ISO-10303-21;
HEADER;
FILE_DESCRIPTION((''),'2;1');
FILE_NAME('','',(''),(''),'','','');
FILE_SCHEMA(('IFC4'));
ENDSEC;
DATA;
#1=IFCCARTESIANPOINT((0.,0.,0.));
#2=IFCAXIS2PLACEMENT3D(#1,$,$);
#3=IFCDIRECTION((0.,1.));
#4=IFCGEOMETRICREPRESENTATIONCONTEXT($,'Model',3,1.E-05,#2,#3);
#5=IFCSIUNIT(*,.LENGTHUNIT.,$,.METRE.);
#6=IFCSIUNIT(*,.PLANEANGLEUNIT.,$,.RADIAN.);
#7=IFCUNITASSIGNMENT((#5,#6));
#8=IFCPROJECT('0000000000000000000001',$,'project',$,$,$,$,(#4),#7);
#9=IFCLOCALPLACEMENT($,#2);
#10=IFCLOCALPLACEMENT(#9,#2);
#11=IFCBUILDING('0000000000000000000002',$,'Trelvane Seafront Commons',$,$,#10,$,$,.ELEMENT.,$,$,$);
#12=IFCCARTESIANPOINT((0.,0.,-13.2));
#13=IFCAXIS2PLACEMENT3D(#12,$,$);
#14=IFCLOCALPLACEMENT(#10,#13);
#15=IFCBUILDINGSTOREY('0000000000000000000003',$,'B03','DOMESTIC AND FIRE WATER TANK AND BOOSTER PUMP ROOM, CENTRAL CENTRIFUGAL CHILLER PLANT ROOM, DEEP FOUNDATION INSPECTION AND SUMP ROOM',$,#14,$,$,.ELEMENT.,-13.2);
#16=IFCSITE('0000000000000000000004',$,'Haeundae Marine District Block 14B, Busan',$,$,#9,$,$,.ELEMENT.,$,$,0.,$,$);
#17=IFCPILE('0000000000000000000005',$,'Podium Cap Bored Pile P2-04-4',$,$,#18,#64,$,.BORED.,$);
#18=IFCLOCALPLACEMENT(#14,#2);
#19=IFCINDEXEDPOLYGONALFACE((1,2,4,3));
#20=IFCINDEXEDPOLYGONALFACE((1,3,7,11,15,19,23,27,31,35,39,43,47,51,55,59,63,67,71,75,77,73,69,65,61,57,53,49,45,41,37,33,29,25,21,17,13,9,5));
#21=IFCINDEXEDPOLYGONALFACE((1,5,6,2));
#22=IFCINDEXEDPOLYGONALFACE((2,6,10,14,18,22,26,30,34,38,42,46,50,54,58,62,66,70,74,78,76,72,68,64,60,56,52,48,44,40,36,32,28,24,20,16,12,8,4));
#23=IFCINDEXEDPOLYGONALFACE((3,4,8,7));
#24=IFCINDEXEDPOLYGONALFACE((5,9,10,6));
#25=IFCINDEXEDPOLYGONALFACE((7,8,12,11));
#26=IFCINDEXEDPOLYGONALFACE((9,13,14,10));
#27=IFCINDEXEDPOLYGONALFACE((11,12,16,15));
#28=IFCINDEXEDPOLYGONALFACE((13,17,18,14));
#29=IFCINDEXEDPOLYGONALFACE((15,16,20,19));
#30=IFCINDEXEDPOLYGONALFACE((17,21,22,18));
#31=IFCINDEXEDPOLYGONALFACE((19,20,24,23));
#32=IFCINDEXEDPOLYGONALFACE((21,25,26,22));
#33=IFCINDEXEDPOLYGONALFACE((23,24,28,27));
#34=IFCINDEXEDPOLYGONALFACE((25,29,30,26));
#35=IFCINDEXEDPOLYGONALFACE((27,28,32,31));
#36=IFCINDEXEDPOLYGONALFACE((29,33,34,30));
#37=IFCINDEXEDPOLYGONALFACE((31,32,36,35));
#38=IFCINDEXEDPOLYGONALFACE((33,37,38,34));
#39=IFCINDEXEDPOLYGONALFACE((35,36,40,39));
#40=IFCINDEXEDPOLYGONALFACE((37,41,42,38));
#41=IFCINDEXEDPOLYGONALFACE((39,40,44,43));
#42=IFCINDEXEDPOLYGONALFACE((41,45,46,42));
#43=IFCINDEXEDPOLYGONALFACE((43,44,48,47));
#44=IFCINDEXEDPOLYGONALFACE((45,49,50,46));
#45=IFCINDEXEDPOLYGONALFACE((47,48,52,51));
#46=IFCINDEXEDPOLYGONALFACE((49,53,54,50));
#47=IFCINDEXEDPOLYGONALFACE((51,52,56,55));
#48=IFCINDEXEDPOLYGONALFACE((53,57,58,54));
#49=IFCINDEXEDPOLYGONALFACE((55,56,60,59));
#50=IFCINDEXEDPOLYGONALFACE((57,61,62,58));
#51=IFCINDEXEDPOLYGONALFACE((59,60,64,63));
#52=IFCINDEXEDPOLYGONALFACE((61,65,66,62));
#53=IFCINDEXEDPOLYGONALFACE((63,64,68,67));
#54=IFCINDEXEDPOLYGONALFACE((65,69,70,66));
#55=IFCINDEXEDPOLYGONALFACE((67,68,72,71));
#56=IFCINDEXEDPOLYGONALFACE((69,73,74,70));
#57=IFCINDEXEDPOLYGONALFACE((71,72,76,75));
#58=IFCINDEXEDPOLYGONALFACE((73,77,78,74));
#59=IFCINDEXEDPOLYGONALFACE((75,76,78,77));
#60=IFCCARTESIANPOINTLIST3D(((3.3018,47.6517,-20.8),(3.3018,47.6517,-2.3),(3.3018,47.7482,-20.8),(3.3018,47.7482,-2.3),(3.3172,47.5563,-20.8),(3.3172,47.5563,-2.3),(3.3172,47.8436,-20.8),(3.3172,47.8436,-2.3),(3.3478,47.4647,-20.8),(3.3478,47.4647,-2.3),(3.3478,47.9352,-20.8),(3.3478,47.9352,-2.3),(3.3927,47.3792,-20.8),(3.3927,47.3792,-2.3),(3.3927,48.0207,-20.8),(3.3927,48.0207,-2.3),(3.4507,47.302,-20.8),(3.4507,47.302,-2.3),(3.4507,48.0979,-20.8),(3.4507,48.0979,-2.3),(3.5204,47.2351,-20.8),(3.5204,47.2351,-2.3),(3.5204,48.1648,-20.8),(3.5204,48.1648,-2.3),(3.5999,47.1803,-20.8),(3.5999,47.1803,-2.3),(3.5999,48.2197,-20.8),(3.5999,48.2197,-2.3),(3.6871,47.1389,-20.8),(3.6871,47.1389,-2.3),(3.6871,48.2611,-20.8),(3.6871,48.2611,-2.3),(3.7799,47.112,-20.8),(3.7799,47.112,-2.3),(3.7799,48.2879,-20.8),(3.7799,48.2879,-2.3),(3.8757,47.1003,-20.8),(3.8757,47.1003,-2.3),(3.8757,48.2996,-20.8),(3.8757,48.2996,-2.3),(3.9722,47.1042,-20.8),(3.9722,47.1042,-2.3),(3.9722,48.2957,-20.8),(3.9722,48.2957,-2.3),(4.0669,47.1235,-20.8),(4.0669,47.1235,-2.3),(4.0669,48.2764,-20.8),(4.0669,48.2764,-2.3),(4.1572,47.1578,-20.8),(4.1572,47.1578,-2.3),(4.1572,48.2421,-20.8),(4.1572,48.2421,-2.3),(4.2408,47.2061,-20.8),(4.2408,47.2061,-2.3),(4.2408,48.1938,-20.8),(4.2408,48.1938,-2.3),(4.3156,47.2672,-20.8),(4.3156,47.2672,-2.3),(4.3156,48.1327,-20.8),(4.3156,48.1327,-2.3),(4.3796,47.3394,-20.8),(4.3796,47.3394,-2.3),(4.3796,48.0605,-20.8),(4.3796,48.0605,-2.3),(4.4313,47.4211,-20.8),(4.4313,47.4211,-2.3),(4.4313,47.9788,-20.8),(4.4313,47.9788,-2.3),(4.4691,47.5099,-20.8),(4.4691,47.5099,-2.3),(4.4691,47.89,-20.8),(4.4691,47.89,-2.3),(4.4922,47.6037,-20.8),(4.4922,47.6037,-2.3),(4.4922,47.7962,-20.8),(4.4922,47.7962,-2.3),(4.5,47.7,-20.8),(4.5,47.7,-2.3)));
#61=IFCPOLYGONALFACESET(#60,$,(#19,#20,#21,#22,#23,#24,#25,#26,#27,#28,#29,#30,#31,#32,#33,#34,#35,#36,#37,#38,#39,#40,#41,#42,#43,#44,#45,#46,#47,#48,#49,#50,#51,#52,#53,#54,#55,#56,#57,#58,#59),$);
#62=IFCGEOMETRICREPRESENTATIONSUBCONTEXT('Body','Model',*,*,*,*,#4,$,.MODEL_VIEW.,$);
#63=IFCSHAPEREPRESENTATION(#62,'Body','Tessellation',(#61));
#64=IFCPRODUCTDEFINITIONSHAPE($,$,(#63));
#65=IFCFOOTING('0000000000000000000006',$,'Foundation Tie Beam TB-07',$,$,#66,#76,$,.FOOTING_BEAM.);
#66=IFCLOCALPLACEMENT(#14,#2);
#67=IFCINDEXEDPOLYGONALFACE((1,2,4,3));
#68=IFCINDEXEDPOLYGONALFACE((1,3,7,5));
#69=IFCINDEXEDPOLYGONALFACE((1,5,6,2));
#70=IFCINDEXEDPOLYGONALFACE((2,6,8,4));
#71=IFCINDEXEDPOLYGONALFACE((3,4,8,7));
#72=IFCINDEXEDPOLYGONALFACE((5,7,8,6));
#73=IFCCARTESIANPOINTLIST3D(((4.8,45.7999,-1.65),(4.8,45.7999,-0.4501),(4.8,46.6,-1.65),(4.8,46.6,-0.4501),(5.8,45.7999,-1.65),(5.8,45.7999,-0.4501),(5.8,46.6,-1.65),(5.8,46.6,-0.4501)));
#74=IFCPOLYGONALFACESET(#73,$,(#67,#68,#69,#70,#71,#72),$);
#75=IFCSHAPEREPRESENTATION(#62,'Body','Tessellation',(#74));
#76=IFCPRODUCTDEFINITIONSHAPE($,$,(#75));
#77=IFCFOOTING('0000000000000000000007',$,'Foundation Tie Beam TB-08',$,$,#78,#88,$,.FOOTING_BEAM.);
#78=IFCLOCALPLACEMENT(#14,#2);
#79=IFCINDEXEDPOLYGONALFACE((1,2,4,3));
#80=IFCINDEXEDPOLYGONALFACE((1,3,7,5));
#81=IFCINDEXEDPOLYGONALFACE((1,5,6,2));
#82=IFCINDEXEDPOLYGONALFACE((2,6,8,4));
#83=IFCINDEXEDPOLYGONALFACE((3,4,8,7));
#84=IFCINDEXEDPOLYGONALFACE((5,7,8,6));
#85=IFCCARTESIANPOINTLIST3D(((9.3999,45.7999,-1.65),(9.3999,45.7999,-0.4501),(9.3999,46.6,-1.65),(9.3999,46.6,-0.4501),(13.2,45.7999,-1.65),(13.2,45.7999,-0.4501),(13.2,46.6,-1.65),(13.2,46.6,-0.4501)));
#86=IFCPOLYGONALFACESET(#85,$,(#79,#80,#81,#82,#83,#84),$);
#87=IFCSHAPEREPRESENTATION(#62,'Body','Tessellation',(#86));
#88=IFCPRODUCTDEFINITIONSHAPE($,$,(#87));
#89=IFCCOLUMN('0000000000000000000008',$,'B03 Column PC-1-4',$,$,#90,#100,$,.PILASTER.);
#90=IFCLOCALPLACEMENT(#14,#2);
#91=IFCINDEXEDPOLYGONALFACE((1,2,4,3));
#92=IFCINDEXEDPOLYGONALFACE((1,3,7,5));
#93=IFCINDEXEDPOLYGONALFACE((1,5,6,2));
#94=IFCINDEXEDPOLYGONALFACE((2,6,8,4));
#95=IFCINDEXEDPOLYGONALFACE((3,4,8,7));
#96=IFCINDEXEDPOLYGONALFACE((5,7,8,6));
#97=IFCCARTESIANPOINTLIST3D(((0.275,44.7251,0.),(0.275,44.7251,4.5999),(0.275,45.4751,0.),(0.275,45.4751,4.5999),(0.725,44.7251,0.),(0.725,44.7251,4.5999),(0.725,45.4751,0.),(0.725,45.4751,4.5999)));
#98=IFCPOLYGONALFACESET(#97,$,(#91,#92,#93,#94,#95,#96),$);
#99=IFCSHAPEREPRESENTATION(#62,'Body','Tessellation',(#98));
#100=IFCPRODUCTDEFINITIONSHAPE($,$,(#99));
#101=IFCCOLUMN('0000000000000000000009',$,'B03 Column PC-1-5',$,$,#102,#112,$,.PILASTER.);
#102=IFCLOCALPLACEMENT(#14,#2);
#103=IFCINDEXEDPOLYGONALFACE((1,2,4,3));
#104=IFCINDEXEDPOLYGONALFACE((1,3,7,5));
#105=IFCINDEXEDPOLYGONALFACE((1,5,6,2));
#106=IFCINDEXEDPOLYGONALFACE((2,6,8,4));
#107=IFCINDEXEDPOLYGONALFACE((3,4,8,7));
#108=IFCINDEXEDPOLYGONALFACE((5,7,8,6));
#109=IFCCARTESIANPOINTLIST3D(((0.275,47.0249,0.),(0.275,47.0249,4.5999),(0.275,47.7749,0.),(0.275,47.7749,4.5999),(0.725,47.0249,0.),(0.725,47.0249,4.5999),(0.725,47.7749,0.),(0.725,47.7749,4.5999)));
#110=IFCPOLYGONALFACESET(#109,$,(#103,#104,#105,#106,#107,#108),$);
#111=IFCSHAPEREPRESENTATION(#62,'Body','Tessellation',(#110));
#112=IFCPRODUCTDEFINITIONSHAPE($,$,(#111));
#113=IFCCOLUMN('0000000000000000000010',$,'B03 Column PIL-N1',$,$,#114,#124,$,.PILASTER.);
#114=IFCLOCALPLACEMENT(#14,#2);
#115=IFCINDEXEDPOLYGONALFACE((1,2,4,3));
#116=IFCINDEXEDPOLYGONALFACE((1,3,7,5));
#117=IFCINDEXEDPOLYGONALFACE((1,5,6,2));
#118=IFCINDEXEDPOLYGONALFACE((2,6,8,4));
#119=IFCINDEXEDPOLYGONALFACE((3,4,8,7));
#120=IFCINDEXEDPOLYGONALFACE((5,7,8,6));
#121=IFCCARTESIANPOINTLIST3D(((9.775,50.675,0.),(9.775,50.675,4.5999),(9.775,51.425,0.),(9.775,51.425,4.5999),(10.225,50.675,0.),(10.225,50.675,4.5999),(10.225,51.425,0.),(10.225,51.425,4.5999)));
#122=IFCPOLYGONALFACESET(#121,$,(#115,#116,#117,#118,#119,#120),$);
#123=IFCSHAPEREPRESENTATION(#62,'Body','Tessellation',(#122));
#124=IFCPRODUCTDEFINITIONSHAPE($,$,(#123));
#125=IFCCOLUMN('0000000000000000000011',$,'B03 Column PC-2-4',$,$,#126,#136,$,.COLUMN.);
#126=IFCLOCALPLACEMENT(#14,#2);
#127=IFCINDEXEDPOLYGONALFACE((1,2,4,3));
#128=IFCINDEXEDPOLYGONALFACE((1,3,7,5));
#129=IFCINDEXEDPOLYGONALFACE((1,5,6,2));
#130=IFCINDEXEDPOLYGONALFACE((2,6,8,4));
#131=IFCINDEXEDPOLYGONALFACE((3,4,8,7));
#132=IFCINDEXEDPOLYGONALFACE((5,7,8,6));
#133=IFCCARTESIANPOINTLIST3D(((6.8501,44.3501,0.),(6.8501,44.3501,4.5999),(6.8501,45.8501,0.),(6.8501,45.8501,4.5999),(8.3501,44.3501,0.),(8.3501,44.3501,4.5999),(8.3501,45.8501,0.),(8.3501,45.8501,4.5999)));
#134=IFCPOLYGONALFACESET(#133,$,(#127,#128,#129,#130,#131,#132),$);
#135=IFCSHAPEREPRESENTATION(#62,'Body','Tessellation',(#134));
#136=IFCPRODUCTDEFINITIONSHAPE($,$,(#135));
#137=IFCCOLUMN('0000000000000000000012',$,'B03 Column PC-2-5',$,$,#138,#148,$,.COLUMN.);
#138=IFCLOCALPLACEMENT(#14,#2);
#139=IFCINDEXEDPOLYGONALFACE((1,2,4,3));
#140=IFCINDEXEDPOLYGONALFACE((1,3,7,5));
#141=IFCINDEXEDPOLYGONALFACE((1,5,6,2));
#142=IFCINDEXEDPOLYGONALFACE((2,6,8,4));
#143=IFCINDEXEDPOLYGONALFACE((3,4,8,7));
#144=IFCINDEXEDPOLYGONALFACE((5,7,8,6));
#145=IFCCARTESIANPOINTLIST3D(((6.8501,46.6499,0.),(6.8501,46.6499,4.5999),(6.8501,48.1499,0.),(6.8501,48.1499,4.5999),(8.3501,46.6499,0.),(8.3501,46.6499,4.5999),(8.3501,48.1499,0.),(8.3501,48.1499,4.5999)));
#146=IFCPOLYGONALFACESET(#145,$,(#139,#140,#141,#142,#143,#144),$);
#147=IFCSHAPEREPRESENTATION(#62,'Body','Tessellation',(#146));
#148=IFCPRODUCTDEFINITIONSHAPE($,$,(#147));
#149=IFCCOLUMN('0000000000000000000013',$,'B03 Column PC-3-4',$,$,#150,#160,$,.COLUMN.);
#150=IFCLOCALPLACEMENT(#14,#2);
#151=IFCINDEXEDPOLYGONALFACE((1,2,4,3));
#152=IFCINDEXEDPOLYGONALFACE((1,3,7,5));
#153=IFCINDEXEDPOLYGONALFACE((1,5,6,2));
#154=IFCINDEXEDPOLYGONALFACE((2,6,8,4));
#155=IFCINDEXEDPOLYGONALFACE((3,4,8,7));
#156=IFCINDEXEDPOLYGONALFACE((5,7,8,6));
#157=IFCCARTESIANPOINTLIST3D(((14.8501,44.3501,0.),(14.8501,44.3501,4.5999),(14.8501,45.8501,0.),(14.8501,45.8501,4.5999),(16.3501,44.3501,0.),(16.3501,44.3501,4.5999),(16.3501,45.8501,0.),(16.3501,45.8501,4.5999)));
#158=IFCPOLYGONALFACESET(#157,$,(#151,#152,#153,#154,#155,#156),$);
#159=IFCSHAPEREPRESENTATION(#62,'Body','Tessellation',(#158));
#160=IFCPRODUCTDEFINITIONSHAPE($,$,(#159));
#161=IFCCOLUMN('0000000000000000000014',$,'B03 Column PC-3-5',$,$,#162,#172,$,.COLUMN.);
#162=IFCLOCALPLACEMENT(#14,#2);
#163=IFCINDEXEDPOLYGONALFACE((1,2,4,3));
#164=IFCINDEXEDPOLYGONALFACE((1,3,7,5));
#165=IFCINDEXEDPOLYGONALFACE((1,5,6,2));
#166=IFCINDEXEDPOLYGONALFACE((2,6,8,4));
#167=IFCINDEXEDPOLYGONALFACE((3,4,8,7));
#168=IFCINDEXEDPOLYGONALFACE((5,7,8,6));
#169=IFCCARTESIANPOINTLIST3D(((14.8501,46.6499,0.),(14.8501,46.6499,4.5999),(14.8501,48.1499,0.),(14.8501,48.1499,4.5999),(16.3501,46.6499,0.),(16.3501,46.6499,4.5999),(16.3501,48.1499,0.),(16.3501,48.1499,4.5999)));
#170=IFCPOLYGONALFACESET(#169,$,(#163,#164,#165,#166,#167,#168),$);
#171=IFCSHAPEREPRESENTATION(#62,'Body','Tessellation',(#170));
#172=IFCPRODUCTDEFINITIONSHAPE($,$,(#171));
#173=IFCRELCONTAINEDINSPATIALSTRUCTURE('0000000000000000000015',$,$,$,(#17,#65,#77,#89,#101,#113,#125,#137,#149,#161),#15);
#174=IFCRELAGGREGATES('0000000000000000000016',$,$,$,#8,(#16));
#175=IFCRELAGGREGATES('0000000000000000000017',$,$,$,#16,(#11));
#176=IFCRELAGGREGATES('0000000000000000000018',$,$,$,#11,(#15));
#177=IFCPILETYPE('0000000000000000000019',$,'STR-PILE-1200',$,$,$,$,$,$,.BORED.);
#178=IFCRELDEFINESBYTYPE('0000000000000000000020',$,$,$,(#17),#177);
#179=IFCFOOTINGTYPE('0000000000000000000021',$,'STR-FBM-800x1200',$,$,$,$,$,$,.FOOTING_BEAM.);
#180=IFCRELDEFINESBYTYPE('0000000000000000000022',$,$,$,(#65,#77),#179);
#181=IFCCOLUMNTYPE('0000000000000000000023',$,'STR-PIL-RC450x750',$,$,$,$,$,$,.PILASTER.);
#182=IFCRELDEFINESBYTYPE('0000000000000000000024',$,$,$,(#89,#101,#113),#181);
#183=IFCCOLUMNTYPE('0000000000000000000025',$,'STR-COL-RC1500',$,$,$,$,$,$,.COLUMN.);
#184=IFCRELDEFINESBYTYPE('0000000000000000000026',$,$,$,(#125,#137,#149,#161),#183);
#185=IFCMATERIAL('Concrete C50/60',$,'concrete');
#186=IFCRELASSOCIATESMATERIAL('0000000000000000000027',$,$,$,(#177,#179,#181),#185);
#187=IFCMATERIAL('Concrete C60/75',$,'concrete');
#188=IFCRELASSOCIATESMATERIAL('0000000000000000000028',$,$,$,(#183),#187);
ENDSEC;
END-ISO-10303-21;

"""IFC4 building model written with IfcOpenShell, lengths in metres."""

from ifc_helpers import new_model, si_unit, direction, frame, origin, origin_2d, place, context, subcontext, project, spatial, rectangle, circle, extrude, source, transform, mapped, material, material_profile, profile_set, type_object, element, save


model = new_model("IFC4")

# Units and contexts
model_context = context("Model", 3, precision=1e-05, world=origin(), true_north=direction((0.0, 1.0)))
body_context = subcontext(model_context, "Body", "Model", "MODEL_VIEW")
ifc_project = project(units=[si_unit("LENGTHUNIT", "METRE"), si_unit("PLANEANGLEUNIT", "RADIAN")], contexts=[model_context])

# Site, building, storey
site_placement = place(None, origin())
site = spatial("IfcSite", under=ifc_project, at=site_placement, Name="Haeundae Marine District Block 14B, Busan", CompositionType="ELEMENT", RefElevation=0.0)
building_placement = place(site_placement, origin())
building = spatial("IfcBuilding", under=site, at=building_placement, Name="Trelvane Seafront Commons", CompositionType="ELEMENT")
storey_placement = place(building_placement, frame((0.0, 0.0, -13.2)))
storey = spatial("IfcBuildingStorey", under=building, at=storey_placement, Name="B03", Description="DOMESTIC AND FIRE WATER TANK AND BOOSTER PUMP ROOM, CENTRAL CENTRIFUGAL CHILLER PLANT ROOM, DEEP FOUNDATION INSPECTION AND SUMP ROOM", CompositionType="ELEMENT", Elevation=-13.2)

# Pile
ifc_material_1 = material(Name="Concrete C50/60", Category="concrete")
ifc_material_profile_1 = material_profile(ifc_material_1, circle(Radius=0.6001, at=origin_2d()), Name="PILE-1200")
ifc_profile_set_1 = profile_set([ifc_material_profile_1], Name="Concrete C50/60")
pile_type_1 = type_object("IfcPileType", Name="STR-PILE-1200", PredefinedType="BORED", material=ifc_profile_set_1)
shared_shape_1 = source(origin(), body_context, "Body", "SweptSolid", [
    extrude(circle(Radius=0.6001, at=origin_2d()), origin(), (0.0, 0.0, 1.0), 18.5),
])
for number, where, z_axis, x_axis, name in (
    (1, (3.8999, 47.7, -2.3), (0.0, 0.0, -1.0), (1.0, 0.0, 0.0), "Podium Cap Bored Pile P2-04-4"),
):
    element("IfcPile", number, at=place(storey_placement, frame(where, z_axis=z_axis, x_axis=x_axis)), inside=storey, type_object=pile_type_1, Name=name, PredefinedType="BORED", context=body_context, shape_type="MappedRepresentation", body=[
        mapped(shared_shape_1, transform((0.0, 0.0, 0.0), x_axis=(1.0, 0.0, 0.0), y_axis=(0.0, 1.0, 0.0), z_axis=(0.0, 0.0, 1.0), scale=1.0)),
    ])

# Footings
ifc_material_profile_2 = material_profile(ifc_material_1, rectangle(XDim=0.8, YDim=1.2, at=origin_2d()), Name="TB-800x1200")
ifc_profile_set_2 = profile_set([ifc_material_profile_2], Name="Concrete C50/60")
footing_type = type_object("IfcFootingType", Name="STR-FBM-800x1200", PredefinedType="FOOTING_BEAM", material=ifc_profile_set_2)
shared_shape_2 = source(origin(), body_context, "Body", "SweptSolid", [
    extrude(rectangle(XDim=0.8, YDim=1.2, at=origin_2d()), origin(), (0.0, 0.0, 1.0), 1.0),
])
footing_1_placement = place(storey_placement, frame((4.8, 46.2, -1.05), z_axis=(1.0, 0.0, 0.0), x_axis=(0.0, 1.0, 0.0)))
element("IfcFooting", 2, at=footing_1_placement, inside=storey, type_object=footing_type, Name="Foundation Tie Beam TB-07", PredefinedType="FOOTING_BEAM", context=body_context, shape_type="MappedRepresentation", body=[
    mapped(shared_shape_2, transform((0.0, 0.0, 0.0), x_axis=(1.0, 0.0, 0.0), y_axis=(0.0, 1.0, 0.0), z_axis=(0.0, 0.0, 1.0), scale=1.0)),
])
shared_shape_3 = source(origin(), body_context, "Body", "SweptSolid", [
    extrude(rectangle(XDim=0.8, YDim=1.2, at=origin_2d()), origin(), (0.0, 0.0, 1.0), 3.8),
])
footing_2_placement = place(storey_placement, frame((9.3999, 46.2, -1.05), z_axis=(1.0, 0.0, 0.0), x_axis=(0.0, 1.0, 0.0)))
element("IfcFooting", 3, at=footing_2_placement, inside=storey, type_object=footing_type, Name="Foundation Tie Beam TB-08", PredefinedType="FOOTING_BEAM", context=body_context, shape_type="MappedRepresentation", body=[
    mapped(shared_shape_3, transform((0.0, 0.0, 0.0), x_axis=(1.0, 0.0, 0.0), y_axis=(0.0, 1.0, 0.0), z_axis=(0.0, 0.0, 1.0), scale=1.0)),
])

# Columns
ifc_material_profile_3 = material_profile(ifc_material_1, rectangle(XDim=0.45, YDim=0.75, at=origin_2d()), Name="RC-450x750")
ifc_profile_set_3 = profile_set([ifc_material_profile_3], Name="Concrete C50/60")
column_type_1 = type_object("IfcColumnType", Name="STR-PIL-RC450x750", PredefinedType="PILASTER", material=ifc_profile_set_3)
shared_shape_4 = source(origin(), body_context, "Body", "SweptSolid", [
    extrude(rectangle(XDim=0.45, YDim=0.75, at=origin_2d()), origin(), (0.0, 0.0, 1.0), 4.5999),
])
for number, where, z_axis, x_axis, name in (
    (4, (0.5, 45.1001, 0.0), (0.0, 0.0, 1.0), (1.0, 0.0, 0.0), "B03 Column PC-1-4"),
    (5, (0.5, 47.3999, 0.0), (0.0, 0.0, 1.0), (1.0, 0.0, 0.0), "B03 Column PC-1-5"),
    (6, (10.0, 51.05, 0.0), (0.0, 0.0, 1.0), (1.0, 0.0, 0.0), "B03 Column PIL-N1"),
):
    element("IfcColumn", number, at=place(storey_placement, frame(where, z_axis=z_axis, x_axis=x_axis)), inside=storey, type_object=column_type_1, Name=name, PredefinedType="PILASTER", context=body_context, shape_type="MappedRepresentation", body=[
        mapped(shared_shape_4, transform((0.0, 0.0, 0.0), x_axis=(1.0, 0.0, 0.0), y_axis=(0.0, 1.0, 0.0), z_axis=(0.0, 0.0, 1.0), scale=1.0)),
    ])
ifc_material_2 = material(Name="Concrete C60/75", Category="concrete")
ifc_material_profile_4 = material_profile(ifc_material_2, rectangle(XDim=1.5, YDim=1.5, at=origin_2d()), Name="RC-1500x1500")
ifc_profile_set_4 = profile_set([ifc_material_profile_4], Name="Concrete C60/75")
column_type_2 = type_object("IfcColumnType", Name="STR-COL-RC1500", PredefinedType="COLUMN", material=ifc_profile_set_4)
shared_shape_5 = source(origin(), body_context, "Body", "SweptSolid", [
    extrude(rectangle(XDim=1.5, YDim=1.5, at=origin_2d()), origin(), (0.0, 0.0, 1.0), 4.5999),
])
for number, where, z_axis, x_axis, name in (
    (7, (7.6001, 45.1001, 0.0), (0.0, 0.0, 1.0), (1.0, 0.0, 0.0), "B03 Column PC-2-4"),
    (8, (7.6001, 47.3999, 0.0), (0.0, 0.0, 1.0), (1.0, 0.0, 0.0), "B03 Column PC-2-5"),
    (9, (15.6001, 45.1001, 0.0), (0.0, 0.0, 1.0), (1.0, 0.0, 0.0), "B03 Column PC-3-4"),
    (10, (15.6001, 47.3999, 0.0), (0.0, 0.0, 1.0), (1.0, 0.0, 0.0), "B03 Column PC-3-5"),
):
    element("IfcColumn", number, at=place(storey_placement, frame(where, z_axis=z_axis, x_axis=x_axis)), inside=storey, type_object=column_type_2, Name=name, PredefinedType="COLUMN", context=body_context, shape_type="MappedRepresentation", body=[
        mapped(shared_shape_5, transform((0.0, 0.0, 0.0), x_axis=(1.0, 0.0, 0.0), y_axis=(0.0, 1.0, 0.0), z_axis=(0.0, 0.0, 1.0), scale=1.0)),
    ])

save(model, "model.ifc")
